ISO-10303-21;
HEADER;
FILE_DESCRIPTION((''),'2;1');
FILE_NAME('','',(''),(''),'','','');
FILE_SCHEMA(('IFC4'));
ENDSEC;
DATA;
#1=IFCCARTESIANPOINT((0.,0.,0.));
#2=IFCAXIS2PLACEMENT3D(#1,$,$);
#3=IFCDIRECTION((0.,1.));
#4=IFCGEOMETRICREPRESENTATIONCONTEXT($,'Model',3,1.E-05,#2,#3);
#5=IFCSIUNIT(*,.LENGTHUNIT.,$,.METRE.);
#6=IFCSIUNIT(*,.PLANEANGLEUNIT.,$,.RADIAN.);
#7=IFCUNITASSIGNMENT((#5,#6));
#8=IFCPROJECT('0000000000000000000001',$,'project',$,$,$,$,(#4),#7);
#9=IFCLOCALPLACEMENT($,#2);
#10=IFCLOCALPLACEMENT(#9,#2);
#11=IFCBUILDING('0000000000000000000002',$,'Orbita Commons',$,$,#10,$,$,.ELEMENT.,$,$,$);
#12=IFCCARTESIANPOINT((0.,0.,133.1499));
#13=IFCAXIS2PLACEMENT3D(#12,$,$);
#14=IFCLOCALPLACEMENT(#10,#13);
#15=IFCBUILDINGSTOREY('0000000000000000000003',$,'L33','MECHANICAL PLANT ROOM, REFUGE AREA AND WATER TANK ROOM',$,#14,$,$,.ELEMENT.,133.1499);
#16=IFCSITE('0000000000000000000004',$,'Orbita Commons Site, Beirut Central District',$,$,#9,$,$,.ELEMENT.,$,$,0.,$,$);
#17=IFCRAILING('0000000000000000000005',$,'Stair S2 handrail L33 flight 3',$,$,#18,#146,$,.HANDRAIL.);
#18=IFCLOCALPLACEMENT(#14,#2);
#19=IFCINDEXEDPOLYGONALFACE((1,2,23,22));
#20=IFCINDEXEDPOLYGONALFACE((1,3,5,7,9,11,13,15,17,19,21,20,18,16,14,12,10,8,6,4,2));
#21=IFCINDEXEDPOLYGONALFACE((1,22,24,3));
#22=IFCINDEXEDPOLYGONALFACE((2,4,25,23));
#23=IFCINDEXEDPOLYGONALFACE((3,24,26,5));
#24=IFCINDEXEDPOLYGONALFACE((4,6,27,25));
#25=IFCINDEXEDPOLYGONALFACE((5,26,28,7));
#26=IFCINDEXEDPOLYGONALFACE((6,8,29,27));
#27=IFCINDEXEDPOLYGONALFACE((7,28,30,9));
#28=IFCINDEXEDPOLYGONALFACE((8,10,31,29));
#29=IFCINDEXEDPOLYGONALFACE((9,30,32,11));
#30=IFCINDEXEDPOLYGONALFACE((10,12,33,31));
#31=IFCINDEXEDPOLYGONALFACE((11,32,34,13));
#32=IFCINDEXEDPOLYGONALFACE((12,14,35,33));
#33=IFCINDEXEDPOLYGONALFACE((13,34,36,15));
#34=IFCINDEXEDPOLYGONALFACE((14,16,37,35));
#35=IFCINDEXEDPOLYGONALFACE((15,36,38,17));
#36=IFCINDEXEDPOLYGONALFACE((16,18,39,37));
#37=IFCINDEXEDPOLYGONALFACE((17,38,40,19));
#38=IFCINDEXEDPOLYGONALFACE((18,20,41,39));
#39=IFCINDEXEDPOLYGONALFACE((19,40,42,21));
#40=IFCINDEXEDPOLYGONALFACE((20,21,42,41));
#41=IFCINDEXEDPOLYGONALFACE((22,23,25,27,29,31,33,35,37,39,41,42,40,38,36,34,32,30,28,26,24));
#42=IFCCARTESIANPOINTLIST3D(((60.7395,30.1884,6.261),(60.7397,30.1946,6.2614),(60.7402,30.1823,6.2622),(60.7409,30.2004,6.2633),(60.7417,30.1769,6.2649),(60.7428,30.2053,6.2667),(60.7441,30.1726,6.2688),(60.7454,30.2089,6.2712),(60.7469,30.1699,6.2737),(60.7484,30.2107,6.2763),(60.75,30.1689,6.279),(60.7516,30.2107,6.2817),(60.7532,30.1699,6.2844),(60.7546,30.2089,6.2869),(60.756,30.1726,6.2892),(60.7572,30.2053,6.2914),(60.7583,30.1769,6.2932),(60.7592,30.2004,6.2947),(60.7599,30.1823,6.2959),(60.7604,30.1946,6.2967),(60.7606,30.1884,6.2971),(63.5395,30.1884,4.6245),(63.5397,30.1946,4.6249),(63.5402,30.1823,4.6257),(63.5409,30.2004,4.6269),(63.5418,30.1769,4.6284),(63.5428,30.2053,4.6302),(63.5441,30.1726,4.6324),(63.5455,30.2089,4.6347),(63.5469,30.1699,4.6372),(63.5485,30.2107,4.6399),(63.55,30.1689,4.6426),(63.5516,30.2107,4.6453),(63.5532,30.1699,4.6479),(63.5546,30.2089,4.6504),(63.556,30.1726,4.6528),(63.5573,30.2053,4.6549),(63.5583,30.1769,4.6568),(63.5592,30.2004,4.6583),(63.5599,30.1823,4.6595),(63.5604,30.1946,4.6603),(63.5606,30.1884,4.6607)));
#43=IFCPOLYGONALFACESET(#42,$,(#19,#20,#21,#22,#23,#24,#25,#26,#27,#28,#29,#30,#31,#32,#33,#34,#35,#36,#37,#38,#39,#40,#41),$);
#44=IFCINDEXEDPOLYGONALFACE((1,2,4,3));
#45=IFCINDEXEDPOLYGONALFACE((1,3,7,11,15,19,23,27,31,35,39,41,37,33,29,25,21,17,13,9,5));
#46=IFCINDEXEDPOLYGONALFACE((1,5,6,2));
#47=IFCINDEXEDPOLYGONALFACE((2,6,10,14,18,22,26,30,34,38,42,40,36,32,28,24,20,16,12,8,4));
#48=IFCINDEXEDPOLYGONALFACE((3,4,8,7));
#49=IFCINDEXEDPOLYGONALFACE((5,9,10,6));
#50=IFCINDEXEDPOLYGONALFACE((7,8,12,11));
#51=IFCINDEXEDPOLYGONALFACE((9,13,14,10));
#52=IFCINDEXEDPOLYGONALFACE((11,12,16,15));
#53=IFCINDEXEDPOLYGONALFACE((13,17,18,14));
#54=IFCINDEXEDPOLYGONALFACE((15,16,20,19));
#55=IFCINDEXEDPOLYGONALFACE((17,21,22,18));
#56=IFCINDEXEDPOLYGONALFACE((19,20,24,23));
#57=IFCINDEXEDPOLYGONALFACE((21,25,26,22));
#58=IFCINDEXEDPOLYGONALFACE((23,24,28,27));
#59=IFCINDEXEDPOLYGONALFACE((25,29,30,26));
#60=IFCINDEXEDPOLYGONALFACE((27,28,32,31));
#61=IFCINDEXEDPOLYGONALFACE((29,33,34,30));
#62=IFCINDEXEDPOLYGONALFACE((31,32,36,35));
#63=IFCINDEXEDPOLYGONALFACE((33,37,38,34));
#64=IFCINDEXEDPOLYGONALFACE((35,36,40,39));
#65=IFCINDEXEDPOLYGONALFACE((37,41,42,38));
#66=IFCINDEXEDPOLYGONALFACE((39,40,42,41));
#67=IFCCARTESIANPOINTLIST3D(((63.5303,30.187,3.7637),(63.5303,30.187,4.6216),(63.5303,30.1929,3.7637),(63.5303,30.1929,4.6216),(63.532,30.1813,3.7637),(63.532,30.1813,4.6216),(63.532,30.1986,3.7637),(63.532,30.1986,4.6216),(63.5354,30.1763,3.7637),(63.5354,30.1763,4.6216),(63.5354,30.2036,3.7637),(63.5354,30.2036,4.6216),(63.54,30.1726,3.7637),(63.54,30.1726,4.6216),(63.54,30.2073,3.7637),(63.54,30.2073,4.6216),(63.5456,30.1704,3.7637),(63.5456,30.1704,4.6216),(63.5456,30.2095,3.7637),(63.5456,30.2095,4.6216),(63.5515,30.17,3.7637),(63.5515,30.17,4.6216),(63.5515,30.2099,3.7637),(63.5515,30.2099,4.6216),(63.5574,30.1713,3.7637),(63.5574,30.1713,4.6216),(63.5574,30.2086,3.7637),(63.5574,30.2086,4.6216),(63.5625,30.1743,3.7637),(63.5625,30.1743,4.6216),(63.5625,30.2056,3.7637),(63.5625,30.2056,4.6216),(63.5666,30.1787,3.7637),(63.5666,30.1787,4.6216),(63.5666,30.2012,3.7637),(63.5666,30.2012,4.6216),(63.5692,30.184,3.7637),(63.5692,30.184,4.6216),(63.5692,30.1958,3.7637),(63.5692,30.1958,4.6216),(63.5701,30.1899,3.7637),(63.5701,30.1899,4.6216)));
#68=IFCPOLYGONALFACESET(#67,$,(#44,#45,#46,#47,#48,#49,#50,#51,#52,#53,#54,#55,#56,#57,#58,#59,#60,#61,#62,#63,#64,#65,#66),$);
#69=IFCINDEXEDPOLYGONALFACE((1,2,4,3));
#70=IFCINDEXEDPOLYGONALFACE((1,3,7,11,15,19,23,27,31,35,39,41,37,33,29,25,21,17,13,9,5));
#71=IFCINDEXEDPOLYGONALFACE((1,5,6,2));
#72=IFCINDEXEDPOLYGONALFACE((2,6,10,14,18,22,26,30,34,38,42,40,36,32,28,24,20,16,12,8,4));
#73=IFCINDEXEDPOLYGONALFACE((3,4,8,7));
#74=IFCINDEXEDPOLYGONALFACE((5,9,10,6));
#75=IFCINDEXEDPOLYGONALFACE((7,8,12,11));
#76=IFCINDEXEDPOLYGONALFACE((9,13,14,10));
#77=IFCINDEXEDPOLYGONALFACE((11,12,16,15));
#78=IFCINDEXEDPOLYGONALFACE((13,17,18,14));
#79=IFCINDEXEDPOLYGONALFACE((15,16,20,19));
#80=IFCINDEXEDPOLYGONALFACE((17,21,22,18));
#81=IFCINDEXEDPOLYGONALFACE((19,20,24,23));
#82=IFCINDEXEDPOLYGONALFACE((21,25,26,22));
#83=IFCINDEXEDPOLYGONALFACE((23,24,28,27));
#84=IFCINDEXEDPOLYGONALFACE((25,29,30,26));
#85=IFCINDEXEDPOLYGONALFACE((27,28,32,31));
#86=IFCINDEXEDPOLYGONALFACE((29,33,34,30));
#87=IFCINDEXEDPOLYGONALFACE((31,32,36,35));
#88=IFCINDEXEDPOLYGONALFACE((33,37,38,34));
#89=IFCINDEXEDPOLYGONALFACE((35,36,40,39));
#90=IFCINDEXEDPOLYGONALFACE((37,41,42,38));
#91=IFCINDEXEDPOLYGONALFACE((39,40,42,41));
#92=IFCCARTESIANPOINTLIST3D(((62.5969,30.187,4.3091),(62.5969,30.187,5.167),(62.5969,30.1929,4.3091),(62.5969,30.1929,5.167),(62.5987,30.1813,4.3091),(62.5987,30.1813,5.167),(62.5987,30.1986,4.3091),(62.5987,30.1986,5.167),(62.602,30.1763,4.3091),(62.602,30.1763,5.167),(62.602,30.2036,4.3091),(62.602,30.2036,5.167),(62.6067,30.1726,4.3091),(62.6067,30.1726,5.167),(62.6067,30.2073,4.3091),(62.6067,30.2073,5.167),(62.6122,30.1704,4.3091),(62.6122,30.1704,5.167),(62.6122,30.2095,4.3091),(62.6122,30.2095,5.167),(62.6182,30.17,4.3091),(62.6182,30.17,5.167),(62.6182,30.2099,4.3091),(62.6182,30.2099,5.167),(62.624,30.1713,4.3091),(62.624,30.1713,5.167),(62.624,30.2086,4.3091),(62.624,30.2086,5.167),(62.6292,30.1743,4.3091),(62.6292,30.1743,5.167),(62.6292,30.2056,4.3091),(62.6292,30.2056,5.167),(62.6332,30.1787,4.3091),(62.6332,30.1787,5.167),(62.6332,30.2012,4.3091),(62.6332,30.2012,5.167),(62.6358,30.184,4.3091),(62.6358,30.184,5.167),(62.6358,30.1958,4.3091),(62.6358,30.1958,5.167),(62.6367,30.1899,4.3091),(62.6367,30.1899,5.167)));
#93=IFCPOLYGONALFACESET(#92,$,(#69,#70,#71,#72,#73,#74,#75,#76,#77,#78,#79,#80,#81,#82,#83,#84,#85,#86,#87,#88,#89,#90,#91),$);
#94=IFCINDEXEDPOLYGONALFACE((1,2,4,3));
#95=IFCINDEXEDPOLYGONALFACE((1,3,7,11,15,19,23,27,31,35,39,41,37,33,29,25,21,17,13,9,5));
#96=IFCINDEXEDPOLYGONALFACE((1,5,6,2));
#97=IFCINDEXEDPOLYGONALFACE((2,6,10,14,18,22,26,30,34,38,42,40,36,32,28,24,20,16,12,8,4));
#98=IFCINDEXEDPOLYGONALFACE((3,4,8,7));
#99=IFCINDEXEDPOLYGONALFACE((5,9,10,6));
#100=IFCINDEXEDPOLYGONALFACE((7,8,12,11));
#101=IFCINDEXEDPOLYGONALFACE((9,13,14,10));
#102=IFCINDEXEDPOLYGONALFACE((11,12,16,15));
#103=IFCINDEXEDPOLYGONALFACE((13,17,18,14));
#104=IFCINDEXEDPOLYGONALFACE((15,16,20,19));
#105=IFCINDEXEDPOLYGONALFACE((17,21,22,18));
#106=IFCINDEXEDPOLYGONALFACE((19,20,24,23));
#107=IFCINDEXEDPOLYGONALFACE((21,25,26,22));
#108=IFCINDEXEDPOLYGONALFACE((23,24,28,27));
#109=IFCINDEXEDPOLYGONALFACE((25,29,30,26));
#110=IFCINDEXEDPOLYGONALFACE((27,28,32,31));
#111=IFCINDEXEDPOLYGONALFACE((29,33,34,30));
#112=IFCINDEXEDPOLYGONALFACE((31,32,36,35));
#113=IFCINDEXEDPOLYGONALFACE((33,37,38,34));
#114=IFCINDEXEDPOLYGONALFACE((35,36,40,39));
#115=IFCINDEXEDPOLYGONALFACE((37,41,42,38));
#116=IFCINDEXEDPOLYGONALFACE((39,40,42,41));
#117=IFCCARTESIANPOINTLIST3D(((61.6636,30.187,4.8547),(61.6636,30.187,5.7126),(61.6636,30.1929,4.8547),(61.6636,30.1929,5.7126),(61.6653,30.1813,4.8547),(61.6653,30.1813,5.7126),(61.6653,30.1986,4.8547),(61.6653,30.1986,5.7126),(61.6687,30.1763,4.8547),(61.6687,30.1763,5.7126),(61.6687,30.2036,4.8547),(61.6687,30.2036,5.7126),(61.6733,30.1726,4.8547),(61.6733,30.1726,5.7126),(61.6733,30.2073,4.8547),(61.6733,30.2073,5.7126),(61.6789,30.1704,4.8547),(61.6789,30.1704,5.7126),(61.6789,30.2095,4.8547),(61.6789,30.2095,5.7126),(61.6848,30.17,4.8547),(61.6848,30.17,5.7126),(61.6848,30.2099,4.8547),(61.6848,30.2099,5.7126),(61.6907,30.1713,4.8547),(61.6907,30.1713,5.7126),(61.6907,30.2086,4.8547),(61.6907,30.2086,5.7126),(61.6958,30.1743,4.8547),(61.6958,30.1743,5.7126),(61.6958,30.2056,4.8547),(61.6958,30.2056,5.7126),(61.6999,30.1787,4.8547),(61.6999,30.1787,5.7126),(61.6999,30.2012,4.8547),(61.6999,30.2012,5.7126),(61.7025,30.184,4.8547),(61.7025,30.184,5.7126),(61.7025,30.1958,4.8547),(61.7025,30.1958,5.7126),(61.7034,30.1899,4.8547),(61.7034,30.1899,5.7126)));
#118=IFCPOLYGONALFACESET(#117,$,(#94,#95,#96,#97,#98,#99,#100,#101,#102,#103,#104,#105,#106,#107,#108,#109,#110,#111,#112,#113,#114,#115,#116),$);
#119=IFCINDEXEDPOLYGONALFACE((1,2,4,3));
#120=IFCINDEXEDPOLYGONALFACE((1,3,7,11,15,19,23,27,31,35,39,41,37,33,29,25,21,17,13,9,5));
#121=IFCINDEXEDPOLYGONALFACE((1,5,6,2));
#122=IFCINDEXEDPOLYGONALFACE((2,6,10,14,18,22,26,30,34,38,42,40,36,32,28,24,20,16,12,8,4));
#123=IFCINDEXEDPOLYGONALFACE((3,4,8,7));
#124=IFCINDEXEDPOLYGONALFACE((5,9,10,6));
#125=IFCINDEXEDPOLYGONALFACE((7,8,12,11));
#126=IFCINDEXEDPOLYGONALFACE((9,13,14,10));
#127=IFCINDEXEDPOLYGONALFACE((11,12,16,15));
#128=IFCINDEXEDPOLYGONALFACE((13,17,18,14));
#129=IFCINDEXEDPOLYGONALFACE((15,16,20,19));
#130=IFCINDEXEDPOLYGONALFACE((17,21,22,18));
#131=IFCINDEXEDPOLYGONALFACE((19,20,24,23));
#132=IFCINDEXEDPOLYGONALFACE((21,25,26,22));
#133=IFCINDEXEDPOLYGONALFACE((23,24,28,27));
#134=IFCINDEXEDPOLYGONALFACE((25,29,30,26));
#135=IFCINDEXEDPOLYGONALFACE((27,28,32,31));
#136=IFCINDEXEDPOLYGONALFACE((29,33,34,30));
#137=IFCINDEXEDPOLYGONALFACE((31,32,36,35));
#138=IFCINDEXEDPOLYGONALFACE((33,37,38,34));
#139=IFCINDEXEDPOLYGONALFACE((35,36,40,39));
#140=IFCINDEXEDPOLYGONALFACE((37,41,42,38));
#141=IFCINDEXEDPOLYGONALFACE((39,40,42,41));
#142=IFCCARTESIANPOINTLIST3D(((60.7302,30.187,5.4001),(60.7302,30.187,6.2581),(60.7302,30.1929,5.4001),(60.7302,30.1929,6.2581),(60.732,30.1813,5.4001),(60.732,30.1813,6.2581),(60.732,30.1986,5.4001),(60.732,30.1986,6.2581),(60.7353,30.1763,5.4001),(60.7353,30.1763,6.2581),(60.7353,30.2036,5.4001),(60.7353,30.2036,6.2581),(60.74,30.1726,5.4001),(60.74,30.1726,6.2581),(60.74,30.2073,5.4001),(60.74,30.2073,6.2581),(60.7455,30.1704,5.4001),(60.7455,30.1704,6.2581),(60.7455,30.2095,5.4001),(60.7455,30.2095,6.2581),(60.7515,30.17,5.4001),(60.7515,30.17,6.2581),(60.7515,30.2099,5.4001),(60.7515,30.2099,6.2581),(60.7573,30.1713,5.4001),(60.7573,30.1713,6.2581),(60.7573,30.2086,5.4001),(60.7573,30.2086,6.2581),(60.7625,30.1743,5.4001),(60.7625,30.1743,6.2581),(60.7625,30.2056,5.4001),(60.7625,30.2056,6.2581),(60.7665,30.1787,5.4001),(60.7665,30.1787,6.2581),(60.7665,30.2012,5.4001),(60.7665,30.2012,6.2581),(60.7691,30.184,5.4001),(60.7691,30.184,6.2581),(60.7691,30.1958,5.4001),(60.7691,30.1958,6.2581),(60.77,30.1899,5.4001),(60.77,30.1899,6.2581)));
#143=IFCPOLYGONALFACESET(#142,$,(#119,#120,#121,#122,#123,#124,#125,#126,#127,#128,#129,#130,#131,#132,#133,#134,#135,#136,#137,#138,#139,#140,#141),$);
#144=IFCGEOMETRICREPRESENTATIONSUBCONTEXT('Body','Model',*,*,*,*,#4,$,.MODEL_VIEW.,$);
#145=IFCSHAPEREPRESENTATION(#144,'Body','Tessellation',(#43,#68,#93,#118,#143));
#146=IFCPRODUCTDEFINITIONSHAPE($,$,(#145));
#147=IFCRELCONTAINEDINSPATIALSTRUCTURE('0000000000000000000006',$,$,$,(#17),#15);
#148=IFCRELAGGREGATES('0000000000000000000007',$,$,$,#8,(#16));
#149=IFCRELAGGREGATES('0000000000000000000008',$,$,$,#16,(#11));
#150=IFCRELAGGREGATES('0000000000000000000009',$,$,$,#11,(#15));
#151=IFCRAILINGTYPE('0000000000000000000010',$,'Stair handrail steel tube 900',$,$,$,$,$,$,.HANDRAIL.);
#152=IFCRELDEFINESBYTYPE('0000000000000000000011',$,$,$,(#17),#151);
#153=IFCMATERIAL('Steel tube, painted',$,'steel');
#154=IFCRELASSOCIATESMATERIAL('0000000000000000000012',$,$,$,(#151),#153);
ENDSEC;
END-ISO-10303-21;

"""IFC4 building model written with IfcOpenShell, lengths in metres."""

from ifc_helpers import new_model, si_unit, direction, frame, origin, origin_2d, place, context, subcontext, project, spatial, circle, extrude, material, type_object, element, save


model = new_model("IFC4")

# Units and contexts
model_context = context("Model", 3, precision=1e-05, world=origin(), true_north=direction((0.0, 1.0)))
body_context = subcontext(model_context, "Body", "Model", "MODEL_VIEW")
ifc_project = project(units=[si_unit("LENGTHUNIT", "METRE"), si_unit("PLANEANGLEUNIT", "RADIAN")], contexts=[model_context])

# Site, building, storey
site_placement = place(None, origin())
site = spatial("IfcSite", under=ifc_project, at=site_placement, Name="Orbita Commons Site, Beirut Central District", CompositionType="ELEMENT", RefElevation=0.0)
building_placement = place(site_placement, origin())
building = spatial("IfcBuilding", under=site, at=building_placement, Name="Orbita Commons", CompositionType="ELEMENT")
storey_placement = place(building_placement, frame((0.0, 0.0, 133.1499)))
storey = spatial("IfcBuildingStorey", under=building, at=storey_placement, Name="L33", Description="MECHANICAL PLANT ROOM, REFUGE AREA AND WATER TANK ROOM", CompositionType="ELEMENT", Elevation=133.1499)

# Railing
ifc_material_1 = material(Name="Steel tube, painted", Category="steel")
railing_type = type_object("IfcRailingType", Name="Stair handrail steel tube 900", PredefinedType="HANDRAIL", material=ifc_material_1)
for number, where, name in (
    (1, (63.55, 30.1899, 3.7637), "Stair S2 handrail L33 flight 3"),
):
    element("IfcRailing", number, at=place(storey_placement, frame(where)), inside=storey, type_object=railing_type, Name=name, PredefinedType="HANDRAIL", context=body_context, shape_type="SweptSolid", body=[
        extrude(circle(Radius=0.021, at=origin_2d()), frame((0.0, 0.0, 0.8789), z_axis=(-0.863361, 0.0, 0.504587), x_axis=(0.0, -1.0, 0.0)), (0.0, 0.0, 1.0), 3.2432),
        extrude(circle(Radius=0.02, at=origin_2d()), origin(), (0.0, 0.0, 1.0), 0.8579),
        extrude(circle(Radius=0.02, at=origin_2d()), frame((-0.9333, 0.0, 0.5454)), (0.0, 0.0, 1.0), 0.8579),
        extrude(circle(Radius=0.02, at=origin_2d()), frame((-1.8667, 0.0, 1.0911)), (0.0, 0.0, 1.0), 0.8579),
        extrude(circle(Radius=0.02, at=origin_2d()), frame((-2.8, 0.0, 1.6365)), (0.0, 0.0, 1.0), 0.8579),
    ])

save(model, "model.ifc")
